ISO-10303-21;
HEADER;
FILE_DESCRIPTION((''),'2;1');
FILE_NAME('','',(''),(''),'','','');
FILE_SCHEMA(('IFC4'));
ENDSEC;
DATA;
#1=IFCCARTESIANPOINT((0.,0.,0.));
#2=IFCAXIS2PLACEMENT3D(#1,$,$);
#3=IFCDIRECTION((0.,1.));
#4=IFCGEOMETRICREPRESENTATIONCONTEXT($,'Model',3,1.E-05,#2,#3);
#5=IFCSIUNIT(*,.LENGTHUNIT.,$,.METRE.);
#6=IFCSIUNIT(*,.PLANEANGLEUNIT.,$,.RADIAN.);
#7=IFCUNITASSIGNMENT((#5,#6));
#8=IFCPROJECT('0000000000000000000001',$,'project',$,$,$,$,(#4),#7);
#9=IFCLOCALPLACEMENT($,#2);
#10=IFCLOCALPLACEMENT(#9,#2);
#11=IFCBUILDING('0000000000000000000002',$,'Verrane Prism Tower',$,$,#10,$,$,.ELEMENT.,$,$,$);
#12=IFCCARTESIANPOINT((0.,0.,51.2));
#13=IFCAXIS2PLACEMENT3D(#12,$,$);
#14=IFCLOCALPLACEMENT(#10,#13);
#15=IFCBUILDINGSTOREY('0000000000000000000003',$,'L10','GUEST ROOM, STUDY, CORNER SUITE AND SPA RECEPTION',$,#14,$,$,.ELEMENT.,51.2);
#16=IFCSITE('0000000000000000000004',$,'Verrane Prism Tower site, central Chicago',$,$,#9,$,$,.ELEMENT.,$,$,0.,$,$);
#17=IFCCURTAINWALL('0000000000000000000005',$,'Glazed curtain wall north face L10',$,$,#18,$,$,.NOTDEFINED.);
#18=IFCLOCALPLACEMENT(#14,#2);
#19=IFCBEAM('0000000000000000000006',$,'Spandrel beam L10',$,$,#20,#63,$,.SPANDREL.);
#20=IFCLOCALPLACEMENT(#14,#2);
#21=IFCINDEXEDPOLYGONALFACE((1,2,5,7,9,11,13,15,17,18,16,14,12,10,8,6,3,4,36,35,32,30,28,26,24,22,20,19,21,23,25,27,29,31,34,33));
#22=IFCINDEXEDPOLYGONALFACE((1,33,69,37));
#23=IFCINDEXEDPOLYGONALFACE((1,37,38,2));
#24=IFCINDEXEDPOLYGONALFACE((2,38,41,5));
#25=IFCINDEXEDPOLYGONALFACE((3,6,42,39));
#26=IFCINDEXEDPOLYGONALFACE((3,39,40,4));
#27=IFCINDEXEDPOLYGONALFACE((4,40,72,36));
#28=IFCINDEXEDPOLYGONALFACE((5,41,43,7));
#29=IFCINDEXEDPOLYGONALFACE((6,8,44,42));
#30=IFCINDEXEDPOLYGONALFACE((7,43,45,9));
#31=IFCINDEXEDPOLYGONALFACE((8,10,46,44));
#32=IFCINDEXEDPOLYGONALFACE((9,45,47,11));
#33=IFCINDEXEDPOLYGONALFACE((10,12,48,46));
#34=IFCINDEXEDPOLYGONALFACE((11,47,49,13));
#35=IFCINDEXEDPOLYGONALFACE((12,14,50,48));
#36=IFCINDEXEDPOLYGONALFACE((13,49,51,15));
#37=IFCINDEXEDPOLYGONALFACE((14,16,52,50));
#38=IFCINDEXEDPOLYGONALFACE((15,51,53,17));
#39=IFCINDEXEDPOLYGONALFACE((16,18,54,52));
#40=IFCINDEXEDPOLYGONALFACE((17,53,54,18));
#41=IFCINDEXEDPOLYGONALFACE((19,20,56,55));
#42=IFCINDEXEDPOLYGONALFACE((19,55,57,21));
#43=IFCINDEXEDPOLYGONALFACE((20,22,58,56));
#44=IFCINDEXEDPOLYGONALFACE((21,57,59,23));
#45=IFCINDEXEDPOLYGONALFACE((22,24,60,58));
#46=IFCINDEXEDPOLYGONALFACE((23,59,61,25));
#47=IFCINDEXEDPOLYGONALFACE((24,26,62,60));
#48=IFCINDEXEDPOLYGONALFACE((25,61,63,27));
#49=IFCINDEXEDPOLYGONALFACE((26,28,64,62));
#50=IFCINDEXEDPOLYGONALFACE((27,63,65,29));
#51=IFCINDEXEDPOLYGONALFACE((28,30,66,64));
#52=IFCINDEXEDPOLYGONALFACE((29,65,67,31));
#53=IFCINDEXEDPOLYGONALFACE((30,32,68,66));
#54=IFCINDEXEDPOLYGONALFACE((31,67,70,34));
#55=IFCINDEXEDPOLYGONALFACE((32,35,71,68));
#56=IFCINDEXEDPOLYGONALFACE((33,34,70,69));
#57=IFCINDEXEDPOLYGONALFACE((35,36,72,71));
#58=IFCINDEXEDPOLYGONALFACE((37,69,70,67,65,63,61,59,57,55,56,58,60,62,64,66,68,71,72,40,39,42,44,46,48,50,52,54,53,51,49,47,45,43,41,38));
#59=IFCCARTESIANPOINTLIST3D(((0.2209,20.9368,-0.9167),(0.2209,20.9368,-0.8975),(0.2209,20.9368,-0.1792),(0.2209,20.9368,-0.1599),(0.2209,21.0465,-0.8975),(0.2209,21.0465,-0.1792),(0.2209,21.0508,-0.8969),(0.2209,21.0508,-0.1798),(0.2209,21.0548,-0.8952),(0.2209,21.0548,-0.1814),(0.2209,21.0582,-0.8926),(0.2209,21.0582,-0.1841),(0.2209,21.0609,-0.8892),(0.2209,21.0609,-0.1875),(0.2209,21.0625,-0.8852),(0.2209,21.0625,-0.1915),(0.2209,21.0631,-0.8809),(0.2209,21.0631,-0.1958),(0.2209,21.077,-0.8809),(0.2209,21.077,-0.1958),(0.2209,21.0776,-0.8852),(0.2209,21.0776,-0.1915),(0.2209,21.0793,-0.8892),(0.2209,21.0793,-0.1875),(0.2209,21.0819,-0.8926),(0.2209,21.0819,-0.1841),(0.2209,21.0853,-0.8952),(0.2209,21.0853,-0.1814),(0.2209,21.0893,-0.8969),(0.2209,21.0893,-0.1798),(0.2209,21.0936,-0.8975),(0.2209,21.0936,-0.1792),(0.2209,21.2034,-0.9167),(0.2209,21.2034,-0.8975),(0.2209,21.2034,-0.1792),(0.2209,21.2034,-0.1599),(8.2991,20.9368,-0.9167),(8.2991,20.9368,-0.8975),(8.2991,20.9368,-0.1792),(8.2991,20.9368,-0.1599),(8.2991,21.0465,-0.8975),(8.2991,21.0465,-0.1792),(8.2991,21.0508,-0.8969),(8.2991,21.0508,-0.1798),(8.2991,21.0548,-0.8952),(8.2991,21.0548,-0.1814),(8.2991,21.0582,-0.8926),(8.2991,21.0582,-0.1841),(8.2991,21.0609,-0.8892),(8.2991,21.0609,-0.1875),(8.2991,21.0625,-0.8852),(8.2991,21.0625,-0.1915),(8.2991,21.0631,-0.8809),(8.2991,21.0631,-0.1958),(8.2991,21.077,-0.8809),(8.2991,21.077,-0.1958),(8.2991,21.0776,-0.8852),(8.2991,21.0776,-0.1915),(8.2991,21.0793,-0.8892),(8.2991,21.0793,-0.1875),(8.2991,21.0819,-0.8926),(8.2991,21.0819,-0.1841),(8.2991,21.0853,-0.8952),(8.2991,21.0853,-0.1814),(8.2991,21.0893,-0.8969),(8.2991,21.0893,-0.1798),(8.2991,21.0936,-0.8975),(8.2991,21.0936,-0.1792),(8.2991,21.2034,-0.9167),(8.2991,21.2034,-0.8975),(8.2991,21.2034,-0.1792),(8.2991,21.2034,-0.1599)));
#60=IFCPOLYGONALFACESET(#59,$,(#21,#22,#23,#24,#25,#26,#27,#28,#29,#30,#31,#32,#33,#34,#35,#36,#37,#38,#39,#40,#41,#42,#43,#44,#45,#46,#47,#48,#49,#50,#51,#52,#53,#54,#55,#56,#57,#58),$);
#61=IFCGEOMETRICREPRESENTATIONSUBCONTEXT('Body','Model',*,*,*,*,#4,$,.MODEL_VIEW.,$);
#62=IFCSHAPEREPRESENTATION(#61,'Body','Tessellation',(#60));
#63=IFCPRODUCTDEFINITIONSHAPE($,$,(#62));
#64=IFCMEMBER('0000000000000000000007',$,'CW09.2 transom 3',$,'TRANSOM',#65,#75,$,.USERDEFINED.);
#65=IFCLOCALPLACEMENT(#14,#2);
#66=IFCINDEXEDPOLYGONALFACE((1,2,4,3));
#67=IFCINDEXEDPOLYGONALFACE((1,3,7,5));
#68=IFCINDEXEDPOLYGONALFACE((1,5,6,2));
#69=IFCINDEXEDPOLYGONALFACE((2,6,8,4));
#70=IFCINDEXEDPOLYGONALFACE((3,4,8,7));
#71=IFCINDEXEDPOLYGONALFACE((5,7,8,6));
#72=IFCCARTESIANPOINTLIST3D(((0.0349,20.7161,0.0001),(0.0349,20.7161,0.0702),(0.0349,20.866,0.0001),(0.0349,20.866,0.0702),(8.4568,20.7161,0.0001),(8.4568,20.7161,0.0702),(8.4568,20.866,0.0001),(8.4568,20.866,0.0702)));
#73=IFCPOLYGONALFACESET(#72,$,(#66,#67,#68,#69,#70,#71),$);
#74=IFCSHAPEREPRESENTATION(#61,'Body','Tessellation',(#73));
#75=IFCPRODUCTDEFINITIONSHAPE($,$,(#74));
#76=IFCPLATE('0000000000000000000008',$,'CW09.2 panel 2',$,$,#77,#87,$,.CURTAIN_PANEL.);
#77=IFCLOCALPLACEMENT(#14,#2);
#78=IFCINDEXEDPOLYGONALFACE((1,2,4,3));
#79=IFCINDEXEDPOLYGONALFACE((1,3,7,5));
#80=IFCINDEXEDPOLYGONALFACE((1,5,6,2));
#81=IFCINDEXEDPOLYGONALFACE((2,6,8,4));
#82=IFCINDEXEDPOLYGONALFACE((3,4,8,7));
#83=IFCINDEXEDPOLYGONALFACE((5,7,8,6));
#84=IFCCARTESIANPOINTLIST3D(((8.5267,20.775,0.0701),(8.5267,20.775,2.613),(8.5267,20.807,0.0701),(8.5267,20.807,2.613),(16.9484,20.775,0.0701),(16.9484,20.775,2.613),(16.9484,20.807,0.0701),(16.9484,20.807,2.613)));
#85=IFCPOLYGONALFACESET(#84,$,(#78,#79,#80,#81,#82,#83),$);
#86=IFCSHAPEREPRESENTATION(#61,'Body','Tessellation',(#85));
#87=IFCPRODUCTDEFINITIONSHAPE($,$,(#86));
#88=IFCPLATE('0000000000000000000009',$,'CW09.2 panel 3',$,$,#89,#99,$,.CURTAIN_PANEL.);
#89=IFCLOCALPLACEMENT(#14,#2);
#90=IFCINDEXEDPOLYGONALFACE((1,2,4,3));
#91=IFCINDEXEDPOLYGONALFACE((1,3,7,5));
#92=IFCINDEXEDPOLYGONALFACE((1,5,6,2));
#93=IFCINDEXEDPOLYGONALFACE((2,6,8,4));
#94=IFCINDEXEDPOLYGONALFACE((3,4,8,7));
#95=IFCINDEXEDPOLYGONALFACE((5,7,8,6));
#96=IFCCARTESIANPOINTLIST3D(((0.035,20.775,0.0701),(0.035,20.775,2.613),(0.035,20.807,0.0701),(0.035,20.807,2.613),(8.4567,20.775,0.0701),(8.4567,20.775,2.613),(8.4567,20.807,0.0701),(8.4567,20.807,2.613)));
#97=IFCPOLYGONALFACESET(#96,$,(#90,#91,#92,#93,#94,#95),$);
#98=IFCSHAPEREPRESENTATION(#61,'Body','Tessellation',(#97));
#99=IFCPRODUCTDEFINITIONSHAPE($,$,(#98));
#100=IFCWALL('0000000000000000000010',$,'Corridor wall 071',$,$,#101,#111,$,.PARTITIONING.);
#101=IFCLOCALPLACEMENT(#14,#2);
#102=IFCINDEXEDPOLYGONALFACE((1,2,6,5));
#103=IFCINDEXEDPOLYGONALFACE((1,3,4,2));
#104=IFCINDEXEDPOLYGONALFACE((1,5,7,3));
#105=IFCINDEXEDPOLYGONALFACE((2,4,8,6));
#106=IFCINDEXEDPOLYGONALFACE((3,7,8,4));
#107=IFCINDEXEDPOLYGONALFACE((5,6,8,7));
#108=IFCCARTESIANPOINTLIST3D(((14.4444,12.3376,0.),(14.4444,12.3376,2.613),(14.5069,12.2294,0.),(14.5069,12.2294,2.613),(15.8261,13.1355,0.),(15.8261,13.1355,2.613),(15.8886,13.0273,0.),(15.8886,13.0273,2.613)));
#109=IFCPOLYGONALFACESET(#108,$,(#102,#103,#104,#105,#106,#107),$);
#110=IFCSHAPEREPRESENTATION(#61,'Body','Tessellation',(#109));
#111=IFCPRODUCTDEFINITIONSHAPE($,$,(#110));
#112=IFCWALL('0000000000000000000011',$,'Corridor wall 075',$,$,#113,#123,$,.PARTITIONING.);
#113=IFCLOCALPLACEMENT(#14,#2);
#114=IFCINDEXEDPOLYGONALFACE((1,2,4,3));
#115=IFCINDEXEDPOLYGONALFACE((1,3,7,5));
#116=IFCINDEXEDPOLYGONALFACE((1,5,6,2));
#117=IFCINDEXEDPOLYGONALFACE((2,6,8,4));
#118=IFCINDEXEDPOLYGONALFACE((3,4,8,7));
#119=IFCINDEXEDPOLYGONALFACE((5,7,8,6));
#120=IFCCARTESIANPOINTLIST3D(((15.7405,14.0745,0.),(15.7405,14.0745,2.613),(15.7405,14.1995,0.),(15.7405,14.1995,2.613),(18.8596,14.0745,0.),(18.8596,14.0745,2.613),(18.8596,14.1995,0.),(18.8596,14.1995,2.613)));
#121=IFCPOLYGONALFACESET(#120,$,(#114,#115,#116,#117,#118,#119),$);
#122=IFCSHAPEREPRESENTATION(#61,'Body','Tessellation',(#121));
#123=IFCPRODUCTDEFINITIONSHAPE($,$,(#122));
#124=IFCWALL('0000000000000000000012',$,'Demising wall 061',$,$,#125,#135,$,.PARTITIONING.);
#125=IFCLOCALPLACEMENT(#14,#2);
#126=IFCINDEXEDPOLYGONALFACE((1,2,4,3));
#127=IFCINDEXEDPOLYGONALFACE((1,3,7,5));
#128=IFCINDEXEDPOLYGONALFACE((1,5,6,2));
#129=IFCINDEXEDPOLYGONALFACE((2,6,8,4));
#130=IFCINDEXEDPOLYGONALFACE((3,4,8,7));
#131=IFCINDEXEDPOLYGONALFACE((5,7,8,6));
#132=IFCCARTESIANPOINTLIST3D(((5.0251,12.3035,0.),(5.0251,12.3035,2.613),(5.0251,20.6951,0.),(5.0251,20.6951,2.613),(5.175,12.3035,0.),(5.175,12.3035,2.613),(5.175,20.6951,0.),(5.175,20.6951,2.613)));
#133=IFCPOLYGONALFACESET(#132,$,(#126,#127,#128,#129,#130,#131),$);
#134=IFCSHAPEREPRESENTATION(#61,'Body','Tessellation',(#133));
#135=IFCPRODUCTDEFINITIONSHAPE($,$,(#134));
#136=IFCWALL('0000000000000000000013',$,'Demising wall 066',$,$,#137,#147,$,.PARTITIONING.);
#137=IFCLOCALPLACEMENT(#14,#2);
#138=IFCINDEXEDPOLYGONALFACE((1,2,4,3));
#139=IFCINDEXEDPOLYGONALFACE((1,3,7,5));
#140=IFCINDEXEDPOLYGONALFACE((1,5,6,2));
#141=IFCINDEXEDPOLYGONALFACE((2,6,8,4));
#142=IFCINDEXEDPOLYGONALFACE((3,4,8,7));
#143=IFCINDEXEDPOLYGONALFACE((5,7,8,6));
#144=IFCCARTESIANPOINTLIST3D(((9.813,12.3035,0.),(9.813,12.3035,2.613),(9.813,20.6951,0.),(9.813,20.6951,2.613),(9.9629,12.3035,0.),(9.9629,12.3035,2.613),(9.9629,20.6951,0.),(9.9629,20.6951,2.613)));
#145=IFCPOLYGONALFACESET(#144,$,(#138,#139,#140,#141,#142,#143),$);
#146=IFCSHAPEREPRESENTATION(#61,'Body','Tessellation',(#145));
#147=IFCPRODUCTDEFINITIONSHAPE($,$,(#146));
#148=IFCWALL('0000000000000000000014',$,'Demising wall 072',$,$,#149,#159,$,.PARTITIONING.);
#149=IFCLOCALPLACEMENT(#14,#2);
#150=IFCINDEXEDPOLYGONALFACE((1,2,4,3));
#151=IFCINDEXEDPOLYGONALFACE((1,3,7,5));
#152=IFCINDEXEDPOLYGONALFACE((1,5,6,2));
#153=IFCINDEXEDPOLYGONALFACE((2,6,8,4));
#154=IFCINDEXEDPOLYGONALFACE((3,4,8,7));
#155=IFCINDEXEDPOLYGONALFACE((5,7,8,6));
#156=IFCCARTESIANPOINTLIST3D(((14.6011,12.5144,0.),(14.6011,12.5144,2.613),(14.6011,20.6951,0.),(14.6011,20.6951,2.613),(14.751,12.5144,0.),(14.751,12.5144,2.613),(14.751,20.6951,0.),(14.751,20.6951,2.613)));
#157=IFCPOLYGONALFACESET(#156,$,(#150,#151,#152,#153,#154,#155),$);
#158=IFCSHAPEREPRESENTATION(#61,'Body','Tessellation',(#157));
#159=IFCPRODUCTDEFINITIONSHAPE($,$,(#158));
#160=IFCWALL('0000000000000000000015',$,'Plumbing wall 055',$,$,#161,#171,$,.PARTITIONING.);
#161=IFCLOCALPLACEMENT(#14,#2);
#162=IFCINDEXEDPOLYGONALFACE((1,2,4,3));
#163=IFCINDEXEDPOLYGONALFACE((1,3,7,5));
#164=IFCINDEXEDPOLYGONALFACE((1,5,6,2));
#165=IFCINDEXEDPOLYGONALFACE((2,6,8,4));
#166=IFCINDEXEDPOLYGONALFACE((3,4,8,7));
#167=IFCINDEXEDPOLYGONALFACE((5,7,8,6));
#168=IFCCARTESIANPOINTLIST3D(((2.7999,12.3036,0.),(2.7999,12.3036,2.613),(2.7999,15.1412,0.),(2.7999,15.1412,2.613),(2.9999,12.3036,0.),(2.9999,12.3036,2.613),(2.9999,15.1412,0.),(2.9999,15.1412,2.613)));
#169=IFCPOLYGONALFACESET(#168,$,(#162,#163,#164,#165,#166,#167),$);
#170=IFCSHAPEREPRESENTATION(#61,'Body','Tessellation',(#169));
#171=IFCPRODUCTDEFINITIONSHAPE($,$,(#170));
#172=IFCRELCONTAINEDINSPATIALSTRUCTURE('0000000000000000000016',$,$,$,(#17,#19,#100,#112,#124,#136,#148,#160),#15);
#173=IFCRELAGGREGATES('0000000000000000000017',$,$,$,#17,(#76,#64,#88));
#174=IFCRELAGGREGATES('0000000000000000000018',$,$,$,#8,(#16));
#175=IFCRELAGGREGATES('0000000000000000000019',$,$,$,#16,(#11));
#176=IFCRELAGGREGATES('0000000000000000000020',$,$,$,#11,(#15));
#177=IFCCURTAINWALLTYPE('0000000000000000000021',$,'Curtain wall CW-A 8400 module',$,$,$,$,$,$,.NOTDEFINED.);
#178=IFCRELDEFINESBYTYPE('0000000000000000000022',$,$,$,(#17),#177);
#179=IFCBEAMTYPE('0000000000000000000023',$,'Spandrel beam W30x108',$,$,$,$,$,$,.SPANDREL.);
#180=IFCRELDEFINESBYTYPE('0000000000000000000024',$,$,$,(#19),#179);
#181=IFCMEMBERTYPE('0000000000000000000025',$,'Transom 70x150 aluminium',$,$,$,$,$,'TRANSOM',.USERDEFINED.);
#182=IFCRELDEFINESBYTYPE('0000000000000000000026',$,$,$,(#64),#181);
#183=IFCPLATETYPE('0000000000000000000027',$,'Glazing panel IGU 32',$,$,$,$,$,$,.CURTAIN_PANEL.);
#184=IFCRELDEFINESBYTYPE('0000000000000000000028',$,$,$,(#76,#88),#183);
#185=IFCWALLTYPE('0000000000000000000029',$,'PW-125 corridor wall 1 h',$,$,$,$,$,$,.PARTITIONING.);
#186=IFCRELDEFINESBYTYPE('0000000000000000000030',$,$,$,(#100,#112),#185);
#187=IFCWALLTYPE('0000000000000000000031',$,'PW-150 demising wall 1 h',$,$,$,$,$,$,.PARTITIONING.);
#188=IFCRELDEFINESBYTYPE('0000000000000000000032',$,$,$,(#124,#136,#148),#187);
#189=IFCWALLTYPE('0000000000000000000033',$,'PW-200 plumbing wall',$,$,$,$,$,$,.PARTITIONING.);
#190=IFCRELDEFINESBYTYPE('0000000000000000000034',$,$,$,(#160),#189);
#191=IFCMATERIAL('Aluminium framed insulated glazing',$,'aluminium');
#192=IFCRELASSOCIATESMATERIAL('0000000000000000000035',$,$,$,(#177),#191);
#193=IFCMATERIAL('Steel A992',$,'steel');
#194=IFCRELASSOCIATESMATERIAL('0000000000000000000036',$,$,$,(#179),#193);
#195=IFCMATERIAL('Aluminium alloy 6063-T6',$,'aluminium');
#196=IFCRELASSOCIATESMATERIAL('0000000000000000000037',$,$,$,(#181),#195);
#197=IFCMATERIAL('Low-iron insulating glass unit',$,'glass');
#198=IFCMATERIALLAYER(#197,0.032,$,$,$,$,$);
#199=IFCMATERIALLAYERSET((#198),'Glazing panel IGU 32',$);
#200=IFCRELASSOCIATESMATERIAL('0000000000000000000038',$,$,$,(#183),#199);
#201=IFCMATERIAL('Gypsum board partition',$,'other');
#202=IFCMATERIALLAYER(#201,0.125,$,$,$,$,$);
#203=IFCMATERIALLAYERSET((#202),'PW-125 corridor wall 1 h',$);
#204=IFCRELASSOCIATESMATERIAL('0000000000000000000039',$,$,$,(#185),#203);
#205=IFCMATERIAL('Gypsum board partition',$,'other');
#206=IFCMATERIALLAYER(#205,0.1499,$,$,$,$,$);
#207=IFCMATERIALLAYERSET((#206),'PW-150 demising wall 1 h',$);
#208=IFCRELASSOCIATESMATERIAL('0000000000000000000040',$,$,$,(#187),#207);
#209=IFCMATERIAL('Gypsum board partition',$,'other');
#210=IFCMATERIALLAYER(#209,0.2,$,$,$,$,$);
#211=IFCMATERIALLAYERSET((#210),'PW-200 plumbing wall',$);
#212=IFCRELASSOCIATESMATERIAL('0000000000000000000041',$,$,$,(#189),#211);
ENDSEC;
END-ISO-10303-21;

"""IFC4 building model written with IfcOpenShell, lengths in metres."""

from ifc_helpers import new_model, si_unit, direction, frame, frame_2d, origin, origin_2d, place, context, subcontext, project, spatial, rectangle, i_section, extrude, material, layer, layer_set, material_profile, profile_set, type_object, element, aggregate, save


model = new_model("IFC4")

# Units and contexts
model_context = context("Model", 3, precision=1e-05, world=origin(), true_north=direction((0.0, 1.0)))
body_context = subcontext(model_context, "Body", "Model", "MODEL_VIEW")
ifc_project = project(units=[si_unit("LENGTHUNIT", "METRE"), si_unit("PLANEANGLEUNIT", "RADIAN")], contexts=[model_context])

# Site, building, storey
site_placement = place(None, origin())
site = spatial("IfcSite", under=ifc_project, at=site_placement, Name="Verrane Prism Tower site, central Chicago", CompositionType="ELEMENT", RefElevation=0.0)
building_placement = place(site_placement, origin())
building = spatial("IfcBuilding", under=site, at=building_placement, Name="Verrane Prism Tower", CompositionType="ELEMENT")
storey_placement = place(building_placement, frame((0.0, 0.0, 51.2)))
storey = spatial("IfcBuildingStorey", under=building, at=storey_placement, Name="L10", Description="GUEST ROOM, STUDY, CORNER SUITE AND SPA RECEPTION", CompositionType="ELEMENT", Elevation=51.2)

# Curtain wall
ifc_material_1 = material(Name="Aluminium framed insulated glazing", Category="aluminium")
curtain_wall_type = type_object("IfcCurtainWallType", Name="Curtain wall CW-A 8400 module", PredefinedType="NOTDEFINED", material=ifc_material_1)
curtain_wall_placement = place(storey_placement, origin())
curtain_wall = element("IfcCurtainWall", 1, at=curtain_wall_placement, inside=storey, type_object=curtain_wall_type, Name="Glazed curtain wall north face L10", PredefinedType="NOTDEFINED")

# Beam
ifc_material_2 = material(Name="Steel A992", Category="steel")
ifc_material_profile_1 = material_profile(ifc_material_2, i_section(OverallWidth=0.2666, OverallDepth=0.7568, WebThickness=0.0139, FlangeThickness=0.0193, FilletRadius=0.0166, at=origin_2d()), Name="W30x108")
ifc_profile_set_1 = profile_set([ifc_material_profile_1], Name="Steel A992")
beam_type_1 = type_object("IfcBeamType", Name="Spandrel beam W30x108", PredefinedType="SPANDREL", material=ifc_profile_set_1)
beam_1_placement = place(storey_placement, frame((8.2991, 21.0701, -0.5383), z_axis=(-1.0, 0.0, 0.0), x_axis=(0.0, -1.0, 0.0)))
element("IfcBeam", 2, at=beam_1_placement, inside=storey, type_object=beam_type_1, Name="Spandrel beam L10", PredefinedType="SPANDREL", context=body_context, shape_type="SweptSolid", body=[
    extrude(i_section(OverallWidth=0.2666, OverallDepth=0.7568, WebThickness=0.0139, FlangeThickness=0.0193, FilletRadius=0.0166, at=origin_2d()), origin(), (0.0, 0.0, 1.0), 8.0781),
])

# Member
ifc_material_3 = material(Name="Aluminium alloy 6063-T6", Category="aluminium")
ifc_material_profile_2 = material_profile(ifc_material_3, rectangle(XDim=0.1499, YDim=0.0701, at=origin_2d()), Name="Transom 70x150 aluminium")
ifc_profile_set_2 = profile_set([ifc_material_profile_2], Name="Aluminium alloy 6063-T6")
member_type_1 = type_object("IfcMemberType", Name="Transom 70x150 aluminium", ElementType="TRANSOM", PredefinedType="USERDEFINED", material=ifc_profile_set_2)
member_1_placement = place(storey_placement, frame((8.4568, 20.791, 0.0352), z_axis=(-1.0, 0.0, 0.0), x_axis=(0.0, -1.0, 0.0)))
member_1 = element("IfcMember", 3, at=member_1_placement, type_object=member_type_1, Name="CW09.2 transom 3", ObjectType="TRANSOM", PredefinedType="USERDEFINED", context=body_context, shape_type="SweptSolid", body=[
    extrude(rectangle(XDim=0.1499, YDim=0.0701, at=origin_2d()), origin(), (0.0, 0.0, 1.0), 8.4219),
])

# Plates
ifc_material_4 = material(Name="Low-iron insulating glass unit", Category="glass")
ifc_layer_1 = layer(ifc_material_4, 0.032)
ifc_layer_set_1 = layer_set([ifc_layer_1], Name="Glazing panel IGU 32")
plate_type = type_object("IfcPlateType", Name="Glazing panel IGU 32", PredefinedType="CURTAIN_PANEL", material=ifc_layer_set_1)
plate_1_placement = place(storey_placement, frame((12.7375, 20.791, 0.0701), z_axis=(0.0, 0.0, 1.0), x_axis=(-1.0, 0.0, 0.0)))
plate_1 = element("IfcPlate", 4, at=plate_1_placement, type_object=plate_type, Name="CW09.2 panel 2", PredefinedType="CURTAIN_PANEL", context=body_context, shape_type="SweptSolid", body=[
    extrude(rectangle(XDim=8.4216, YDim=0.032, at=origin_2d()), origin(), (0.0, 0.0, 1.0), 2.543),
])
plate_2_placement = place(storey_placement, frame((4.2458, 20.791, 0.0701), z_axis=(0.0, 0.0, 1.0), x_axis=(-1.0, 0.0, 0.0)))
plate_2 = element("IfcPlate", 5, at=plate_2_placement, type_object=plate_type, Name="CW09.2 panel 3", PredefinedType="CURTAIN_PANEL", context=body_context, shape_type="SweptSolid", body=[
    extrude(rectangle(XDim=8.4216, YDim=0.032, at=origin_2d()), origin(), (0.0, 0.0, 1.0), 2.543),
])
aggregate(curtain_wall, [plate_1, member_1, plate_2])

# Walls
ifc_material_5 = material(Name="Gypsum board partition", Category="other")
ifc_layer_2 = layer(ifc_material_5, 0.125)
ifc_layer_set_2 = layer_set([ifc_layer_2], Name="PW-125 corridor wall 1 h")
wall_type_1 = type_object("IfcWallType", Name="PW-125 corridor wall 1 h", PredefinedType="PARTITIONING", material=ifc_layer_set_2)
wall_1_placement = place(storey_placement, frame((14.4756, 12.2834, 0.0), z_axis=(0.0, 0.0, 1.0), x_axis=(0.865974, 0.500089, 0.0)))
element("IfcWall", 6, at=wall_1_placement, inside=storey, type_object=wall_type_1, Name="Corridor wall 071", PredefinedType="PARTITIONING", context=body_context, shape_type="SweptSolid", body=[
    extrude(rectangle(XDim=1.5955, YDim=0.125, at=frame_2d((0.7979, 0.0))), origin(), (0.0, 0.0, 1.0), 2.613),
])
wall_2_placement = place(storey_placement, frame((15.7405, 14.137, 0.0), z_axis=(0.0, 0.0, 1.0), x_axis=(1.0, 0.0, 0.0)))
element("IfcWall", 7, at=wall_2_placement, inside=storey, type_object=wall_type_1, Name="Corridor wall 075", PredefinedType="PARTITIONING", context=body_context, shape_type="SweptSolid", body=[
    extrude(rectangle(XDim=3.1191, YDim=0.125, at=frame_2d((1.5596, 0.0))), origin(), (0.0, 0.0, 1.0), 2.613),
])
ifc_material_6 = material(Name="Gypsum board partition", Category="other")
ifc_layer_3 = layer(ifc_material_6, 0.1499)
ifc_layer_set_3 = layer_set([ifc_layer_3], Name="PW-150 demising wall 1 h")
wall_type_2 = type_object("IfcWallType", Name="PW-150 demising wall 1 h", PredefinedType="PARTITIONING", material=ifc_layer_set_3)
for number, where, z_axis, x_axis, name in (
    (8, (5.1001, 12.3035, 0.0), (0.0, 0.0, 1.0), (0.0, 1.0, 0.0), "Demising wall 061"),
    (9, (9.8879, 12.3035, 0.0), (0.0, 0.0, 1.0), (0.0, 1.0, 0.0), "Demising wall 066"),
):
    element("IfcWall", number, at=place(storey_placement, frame(where, z_axis=z_axis, x_axis=x_axis)), inside=storey, type_object=wall_type_2, Name=name, PredefinedType="PARTITIONING", context=body_context, shape_type="SweptSolid", body=[
        extrude(rectangle(XDim=8.3916, YDim=0.1499, at=frame_2d((4.1958, 0.0))), origin(), (0.0, 0.0, 1.0), 2.613),
    ])
wall_3_placement = place(storey_placement, frame((14.676, 12.5144, 0.0), z_axis=(0.0, 0.0, 1.0), x_axis=(0.0, 1.0, 0.0)))
element("IfcWall", 10, at=wall_3_placement, inside=storey, type_object=wall_type_2, Name="Demising wall 072", PredefinedType="PARTITIONING", context=body_context, shape_type="SweptSolid", body=[
    extrude(rectangle(XDim=8.1807, YDim=0.1499, at=frame_2d((4.0903, 0.0))), origin(), (0.0, 0.0, 1.0), 2.613),
])
ifc_material_7 = material(Name="Gypsum board partition", Category="other")
ifc_layer_4 = layer(ifc_material_7, 0.2)
ifc_layer_set_4 = layer_set([ifc_layer_4], Name="PW-200 plumbing wall")
wall_type_3 = type_object("IfcWallType", Name="PW-200 plumbing wall", PredefinedType="PARTITIONING", material=ifc_layer_set_4)
wall_4_placement = place(storey_placement, frame((2.8999, 12.3035, 0.0), z_axis=(0.0, 0.0, 1.0), x_axis=(0.0, 1.0, 0.0)))
element("IfcWall", 11, at=wall_4_placement, inside=storey, type_object=wall_type_3, Name="Plumbing wall 055", PredefinedType="PARTITIONING", context=body_context, shape_type="SweptSolid", body=[
    extrude(rectangle(XDim=2.8376, YDim=0.2, at=frame_2d((1.4189, 0.0))), origin(), (0.0, 0.0, 1.0), 2.613),
])

save(model, "model.ifc")
